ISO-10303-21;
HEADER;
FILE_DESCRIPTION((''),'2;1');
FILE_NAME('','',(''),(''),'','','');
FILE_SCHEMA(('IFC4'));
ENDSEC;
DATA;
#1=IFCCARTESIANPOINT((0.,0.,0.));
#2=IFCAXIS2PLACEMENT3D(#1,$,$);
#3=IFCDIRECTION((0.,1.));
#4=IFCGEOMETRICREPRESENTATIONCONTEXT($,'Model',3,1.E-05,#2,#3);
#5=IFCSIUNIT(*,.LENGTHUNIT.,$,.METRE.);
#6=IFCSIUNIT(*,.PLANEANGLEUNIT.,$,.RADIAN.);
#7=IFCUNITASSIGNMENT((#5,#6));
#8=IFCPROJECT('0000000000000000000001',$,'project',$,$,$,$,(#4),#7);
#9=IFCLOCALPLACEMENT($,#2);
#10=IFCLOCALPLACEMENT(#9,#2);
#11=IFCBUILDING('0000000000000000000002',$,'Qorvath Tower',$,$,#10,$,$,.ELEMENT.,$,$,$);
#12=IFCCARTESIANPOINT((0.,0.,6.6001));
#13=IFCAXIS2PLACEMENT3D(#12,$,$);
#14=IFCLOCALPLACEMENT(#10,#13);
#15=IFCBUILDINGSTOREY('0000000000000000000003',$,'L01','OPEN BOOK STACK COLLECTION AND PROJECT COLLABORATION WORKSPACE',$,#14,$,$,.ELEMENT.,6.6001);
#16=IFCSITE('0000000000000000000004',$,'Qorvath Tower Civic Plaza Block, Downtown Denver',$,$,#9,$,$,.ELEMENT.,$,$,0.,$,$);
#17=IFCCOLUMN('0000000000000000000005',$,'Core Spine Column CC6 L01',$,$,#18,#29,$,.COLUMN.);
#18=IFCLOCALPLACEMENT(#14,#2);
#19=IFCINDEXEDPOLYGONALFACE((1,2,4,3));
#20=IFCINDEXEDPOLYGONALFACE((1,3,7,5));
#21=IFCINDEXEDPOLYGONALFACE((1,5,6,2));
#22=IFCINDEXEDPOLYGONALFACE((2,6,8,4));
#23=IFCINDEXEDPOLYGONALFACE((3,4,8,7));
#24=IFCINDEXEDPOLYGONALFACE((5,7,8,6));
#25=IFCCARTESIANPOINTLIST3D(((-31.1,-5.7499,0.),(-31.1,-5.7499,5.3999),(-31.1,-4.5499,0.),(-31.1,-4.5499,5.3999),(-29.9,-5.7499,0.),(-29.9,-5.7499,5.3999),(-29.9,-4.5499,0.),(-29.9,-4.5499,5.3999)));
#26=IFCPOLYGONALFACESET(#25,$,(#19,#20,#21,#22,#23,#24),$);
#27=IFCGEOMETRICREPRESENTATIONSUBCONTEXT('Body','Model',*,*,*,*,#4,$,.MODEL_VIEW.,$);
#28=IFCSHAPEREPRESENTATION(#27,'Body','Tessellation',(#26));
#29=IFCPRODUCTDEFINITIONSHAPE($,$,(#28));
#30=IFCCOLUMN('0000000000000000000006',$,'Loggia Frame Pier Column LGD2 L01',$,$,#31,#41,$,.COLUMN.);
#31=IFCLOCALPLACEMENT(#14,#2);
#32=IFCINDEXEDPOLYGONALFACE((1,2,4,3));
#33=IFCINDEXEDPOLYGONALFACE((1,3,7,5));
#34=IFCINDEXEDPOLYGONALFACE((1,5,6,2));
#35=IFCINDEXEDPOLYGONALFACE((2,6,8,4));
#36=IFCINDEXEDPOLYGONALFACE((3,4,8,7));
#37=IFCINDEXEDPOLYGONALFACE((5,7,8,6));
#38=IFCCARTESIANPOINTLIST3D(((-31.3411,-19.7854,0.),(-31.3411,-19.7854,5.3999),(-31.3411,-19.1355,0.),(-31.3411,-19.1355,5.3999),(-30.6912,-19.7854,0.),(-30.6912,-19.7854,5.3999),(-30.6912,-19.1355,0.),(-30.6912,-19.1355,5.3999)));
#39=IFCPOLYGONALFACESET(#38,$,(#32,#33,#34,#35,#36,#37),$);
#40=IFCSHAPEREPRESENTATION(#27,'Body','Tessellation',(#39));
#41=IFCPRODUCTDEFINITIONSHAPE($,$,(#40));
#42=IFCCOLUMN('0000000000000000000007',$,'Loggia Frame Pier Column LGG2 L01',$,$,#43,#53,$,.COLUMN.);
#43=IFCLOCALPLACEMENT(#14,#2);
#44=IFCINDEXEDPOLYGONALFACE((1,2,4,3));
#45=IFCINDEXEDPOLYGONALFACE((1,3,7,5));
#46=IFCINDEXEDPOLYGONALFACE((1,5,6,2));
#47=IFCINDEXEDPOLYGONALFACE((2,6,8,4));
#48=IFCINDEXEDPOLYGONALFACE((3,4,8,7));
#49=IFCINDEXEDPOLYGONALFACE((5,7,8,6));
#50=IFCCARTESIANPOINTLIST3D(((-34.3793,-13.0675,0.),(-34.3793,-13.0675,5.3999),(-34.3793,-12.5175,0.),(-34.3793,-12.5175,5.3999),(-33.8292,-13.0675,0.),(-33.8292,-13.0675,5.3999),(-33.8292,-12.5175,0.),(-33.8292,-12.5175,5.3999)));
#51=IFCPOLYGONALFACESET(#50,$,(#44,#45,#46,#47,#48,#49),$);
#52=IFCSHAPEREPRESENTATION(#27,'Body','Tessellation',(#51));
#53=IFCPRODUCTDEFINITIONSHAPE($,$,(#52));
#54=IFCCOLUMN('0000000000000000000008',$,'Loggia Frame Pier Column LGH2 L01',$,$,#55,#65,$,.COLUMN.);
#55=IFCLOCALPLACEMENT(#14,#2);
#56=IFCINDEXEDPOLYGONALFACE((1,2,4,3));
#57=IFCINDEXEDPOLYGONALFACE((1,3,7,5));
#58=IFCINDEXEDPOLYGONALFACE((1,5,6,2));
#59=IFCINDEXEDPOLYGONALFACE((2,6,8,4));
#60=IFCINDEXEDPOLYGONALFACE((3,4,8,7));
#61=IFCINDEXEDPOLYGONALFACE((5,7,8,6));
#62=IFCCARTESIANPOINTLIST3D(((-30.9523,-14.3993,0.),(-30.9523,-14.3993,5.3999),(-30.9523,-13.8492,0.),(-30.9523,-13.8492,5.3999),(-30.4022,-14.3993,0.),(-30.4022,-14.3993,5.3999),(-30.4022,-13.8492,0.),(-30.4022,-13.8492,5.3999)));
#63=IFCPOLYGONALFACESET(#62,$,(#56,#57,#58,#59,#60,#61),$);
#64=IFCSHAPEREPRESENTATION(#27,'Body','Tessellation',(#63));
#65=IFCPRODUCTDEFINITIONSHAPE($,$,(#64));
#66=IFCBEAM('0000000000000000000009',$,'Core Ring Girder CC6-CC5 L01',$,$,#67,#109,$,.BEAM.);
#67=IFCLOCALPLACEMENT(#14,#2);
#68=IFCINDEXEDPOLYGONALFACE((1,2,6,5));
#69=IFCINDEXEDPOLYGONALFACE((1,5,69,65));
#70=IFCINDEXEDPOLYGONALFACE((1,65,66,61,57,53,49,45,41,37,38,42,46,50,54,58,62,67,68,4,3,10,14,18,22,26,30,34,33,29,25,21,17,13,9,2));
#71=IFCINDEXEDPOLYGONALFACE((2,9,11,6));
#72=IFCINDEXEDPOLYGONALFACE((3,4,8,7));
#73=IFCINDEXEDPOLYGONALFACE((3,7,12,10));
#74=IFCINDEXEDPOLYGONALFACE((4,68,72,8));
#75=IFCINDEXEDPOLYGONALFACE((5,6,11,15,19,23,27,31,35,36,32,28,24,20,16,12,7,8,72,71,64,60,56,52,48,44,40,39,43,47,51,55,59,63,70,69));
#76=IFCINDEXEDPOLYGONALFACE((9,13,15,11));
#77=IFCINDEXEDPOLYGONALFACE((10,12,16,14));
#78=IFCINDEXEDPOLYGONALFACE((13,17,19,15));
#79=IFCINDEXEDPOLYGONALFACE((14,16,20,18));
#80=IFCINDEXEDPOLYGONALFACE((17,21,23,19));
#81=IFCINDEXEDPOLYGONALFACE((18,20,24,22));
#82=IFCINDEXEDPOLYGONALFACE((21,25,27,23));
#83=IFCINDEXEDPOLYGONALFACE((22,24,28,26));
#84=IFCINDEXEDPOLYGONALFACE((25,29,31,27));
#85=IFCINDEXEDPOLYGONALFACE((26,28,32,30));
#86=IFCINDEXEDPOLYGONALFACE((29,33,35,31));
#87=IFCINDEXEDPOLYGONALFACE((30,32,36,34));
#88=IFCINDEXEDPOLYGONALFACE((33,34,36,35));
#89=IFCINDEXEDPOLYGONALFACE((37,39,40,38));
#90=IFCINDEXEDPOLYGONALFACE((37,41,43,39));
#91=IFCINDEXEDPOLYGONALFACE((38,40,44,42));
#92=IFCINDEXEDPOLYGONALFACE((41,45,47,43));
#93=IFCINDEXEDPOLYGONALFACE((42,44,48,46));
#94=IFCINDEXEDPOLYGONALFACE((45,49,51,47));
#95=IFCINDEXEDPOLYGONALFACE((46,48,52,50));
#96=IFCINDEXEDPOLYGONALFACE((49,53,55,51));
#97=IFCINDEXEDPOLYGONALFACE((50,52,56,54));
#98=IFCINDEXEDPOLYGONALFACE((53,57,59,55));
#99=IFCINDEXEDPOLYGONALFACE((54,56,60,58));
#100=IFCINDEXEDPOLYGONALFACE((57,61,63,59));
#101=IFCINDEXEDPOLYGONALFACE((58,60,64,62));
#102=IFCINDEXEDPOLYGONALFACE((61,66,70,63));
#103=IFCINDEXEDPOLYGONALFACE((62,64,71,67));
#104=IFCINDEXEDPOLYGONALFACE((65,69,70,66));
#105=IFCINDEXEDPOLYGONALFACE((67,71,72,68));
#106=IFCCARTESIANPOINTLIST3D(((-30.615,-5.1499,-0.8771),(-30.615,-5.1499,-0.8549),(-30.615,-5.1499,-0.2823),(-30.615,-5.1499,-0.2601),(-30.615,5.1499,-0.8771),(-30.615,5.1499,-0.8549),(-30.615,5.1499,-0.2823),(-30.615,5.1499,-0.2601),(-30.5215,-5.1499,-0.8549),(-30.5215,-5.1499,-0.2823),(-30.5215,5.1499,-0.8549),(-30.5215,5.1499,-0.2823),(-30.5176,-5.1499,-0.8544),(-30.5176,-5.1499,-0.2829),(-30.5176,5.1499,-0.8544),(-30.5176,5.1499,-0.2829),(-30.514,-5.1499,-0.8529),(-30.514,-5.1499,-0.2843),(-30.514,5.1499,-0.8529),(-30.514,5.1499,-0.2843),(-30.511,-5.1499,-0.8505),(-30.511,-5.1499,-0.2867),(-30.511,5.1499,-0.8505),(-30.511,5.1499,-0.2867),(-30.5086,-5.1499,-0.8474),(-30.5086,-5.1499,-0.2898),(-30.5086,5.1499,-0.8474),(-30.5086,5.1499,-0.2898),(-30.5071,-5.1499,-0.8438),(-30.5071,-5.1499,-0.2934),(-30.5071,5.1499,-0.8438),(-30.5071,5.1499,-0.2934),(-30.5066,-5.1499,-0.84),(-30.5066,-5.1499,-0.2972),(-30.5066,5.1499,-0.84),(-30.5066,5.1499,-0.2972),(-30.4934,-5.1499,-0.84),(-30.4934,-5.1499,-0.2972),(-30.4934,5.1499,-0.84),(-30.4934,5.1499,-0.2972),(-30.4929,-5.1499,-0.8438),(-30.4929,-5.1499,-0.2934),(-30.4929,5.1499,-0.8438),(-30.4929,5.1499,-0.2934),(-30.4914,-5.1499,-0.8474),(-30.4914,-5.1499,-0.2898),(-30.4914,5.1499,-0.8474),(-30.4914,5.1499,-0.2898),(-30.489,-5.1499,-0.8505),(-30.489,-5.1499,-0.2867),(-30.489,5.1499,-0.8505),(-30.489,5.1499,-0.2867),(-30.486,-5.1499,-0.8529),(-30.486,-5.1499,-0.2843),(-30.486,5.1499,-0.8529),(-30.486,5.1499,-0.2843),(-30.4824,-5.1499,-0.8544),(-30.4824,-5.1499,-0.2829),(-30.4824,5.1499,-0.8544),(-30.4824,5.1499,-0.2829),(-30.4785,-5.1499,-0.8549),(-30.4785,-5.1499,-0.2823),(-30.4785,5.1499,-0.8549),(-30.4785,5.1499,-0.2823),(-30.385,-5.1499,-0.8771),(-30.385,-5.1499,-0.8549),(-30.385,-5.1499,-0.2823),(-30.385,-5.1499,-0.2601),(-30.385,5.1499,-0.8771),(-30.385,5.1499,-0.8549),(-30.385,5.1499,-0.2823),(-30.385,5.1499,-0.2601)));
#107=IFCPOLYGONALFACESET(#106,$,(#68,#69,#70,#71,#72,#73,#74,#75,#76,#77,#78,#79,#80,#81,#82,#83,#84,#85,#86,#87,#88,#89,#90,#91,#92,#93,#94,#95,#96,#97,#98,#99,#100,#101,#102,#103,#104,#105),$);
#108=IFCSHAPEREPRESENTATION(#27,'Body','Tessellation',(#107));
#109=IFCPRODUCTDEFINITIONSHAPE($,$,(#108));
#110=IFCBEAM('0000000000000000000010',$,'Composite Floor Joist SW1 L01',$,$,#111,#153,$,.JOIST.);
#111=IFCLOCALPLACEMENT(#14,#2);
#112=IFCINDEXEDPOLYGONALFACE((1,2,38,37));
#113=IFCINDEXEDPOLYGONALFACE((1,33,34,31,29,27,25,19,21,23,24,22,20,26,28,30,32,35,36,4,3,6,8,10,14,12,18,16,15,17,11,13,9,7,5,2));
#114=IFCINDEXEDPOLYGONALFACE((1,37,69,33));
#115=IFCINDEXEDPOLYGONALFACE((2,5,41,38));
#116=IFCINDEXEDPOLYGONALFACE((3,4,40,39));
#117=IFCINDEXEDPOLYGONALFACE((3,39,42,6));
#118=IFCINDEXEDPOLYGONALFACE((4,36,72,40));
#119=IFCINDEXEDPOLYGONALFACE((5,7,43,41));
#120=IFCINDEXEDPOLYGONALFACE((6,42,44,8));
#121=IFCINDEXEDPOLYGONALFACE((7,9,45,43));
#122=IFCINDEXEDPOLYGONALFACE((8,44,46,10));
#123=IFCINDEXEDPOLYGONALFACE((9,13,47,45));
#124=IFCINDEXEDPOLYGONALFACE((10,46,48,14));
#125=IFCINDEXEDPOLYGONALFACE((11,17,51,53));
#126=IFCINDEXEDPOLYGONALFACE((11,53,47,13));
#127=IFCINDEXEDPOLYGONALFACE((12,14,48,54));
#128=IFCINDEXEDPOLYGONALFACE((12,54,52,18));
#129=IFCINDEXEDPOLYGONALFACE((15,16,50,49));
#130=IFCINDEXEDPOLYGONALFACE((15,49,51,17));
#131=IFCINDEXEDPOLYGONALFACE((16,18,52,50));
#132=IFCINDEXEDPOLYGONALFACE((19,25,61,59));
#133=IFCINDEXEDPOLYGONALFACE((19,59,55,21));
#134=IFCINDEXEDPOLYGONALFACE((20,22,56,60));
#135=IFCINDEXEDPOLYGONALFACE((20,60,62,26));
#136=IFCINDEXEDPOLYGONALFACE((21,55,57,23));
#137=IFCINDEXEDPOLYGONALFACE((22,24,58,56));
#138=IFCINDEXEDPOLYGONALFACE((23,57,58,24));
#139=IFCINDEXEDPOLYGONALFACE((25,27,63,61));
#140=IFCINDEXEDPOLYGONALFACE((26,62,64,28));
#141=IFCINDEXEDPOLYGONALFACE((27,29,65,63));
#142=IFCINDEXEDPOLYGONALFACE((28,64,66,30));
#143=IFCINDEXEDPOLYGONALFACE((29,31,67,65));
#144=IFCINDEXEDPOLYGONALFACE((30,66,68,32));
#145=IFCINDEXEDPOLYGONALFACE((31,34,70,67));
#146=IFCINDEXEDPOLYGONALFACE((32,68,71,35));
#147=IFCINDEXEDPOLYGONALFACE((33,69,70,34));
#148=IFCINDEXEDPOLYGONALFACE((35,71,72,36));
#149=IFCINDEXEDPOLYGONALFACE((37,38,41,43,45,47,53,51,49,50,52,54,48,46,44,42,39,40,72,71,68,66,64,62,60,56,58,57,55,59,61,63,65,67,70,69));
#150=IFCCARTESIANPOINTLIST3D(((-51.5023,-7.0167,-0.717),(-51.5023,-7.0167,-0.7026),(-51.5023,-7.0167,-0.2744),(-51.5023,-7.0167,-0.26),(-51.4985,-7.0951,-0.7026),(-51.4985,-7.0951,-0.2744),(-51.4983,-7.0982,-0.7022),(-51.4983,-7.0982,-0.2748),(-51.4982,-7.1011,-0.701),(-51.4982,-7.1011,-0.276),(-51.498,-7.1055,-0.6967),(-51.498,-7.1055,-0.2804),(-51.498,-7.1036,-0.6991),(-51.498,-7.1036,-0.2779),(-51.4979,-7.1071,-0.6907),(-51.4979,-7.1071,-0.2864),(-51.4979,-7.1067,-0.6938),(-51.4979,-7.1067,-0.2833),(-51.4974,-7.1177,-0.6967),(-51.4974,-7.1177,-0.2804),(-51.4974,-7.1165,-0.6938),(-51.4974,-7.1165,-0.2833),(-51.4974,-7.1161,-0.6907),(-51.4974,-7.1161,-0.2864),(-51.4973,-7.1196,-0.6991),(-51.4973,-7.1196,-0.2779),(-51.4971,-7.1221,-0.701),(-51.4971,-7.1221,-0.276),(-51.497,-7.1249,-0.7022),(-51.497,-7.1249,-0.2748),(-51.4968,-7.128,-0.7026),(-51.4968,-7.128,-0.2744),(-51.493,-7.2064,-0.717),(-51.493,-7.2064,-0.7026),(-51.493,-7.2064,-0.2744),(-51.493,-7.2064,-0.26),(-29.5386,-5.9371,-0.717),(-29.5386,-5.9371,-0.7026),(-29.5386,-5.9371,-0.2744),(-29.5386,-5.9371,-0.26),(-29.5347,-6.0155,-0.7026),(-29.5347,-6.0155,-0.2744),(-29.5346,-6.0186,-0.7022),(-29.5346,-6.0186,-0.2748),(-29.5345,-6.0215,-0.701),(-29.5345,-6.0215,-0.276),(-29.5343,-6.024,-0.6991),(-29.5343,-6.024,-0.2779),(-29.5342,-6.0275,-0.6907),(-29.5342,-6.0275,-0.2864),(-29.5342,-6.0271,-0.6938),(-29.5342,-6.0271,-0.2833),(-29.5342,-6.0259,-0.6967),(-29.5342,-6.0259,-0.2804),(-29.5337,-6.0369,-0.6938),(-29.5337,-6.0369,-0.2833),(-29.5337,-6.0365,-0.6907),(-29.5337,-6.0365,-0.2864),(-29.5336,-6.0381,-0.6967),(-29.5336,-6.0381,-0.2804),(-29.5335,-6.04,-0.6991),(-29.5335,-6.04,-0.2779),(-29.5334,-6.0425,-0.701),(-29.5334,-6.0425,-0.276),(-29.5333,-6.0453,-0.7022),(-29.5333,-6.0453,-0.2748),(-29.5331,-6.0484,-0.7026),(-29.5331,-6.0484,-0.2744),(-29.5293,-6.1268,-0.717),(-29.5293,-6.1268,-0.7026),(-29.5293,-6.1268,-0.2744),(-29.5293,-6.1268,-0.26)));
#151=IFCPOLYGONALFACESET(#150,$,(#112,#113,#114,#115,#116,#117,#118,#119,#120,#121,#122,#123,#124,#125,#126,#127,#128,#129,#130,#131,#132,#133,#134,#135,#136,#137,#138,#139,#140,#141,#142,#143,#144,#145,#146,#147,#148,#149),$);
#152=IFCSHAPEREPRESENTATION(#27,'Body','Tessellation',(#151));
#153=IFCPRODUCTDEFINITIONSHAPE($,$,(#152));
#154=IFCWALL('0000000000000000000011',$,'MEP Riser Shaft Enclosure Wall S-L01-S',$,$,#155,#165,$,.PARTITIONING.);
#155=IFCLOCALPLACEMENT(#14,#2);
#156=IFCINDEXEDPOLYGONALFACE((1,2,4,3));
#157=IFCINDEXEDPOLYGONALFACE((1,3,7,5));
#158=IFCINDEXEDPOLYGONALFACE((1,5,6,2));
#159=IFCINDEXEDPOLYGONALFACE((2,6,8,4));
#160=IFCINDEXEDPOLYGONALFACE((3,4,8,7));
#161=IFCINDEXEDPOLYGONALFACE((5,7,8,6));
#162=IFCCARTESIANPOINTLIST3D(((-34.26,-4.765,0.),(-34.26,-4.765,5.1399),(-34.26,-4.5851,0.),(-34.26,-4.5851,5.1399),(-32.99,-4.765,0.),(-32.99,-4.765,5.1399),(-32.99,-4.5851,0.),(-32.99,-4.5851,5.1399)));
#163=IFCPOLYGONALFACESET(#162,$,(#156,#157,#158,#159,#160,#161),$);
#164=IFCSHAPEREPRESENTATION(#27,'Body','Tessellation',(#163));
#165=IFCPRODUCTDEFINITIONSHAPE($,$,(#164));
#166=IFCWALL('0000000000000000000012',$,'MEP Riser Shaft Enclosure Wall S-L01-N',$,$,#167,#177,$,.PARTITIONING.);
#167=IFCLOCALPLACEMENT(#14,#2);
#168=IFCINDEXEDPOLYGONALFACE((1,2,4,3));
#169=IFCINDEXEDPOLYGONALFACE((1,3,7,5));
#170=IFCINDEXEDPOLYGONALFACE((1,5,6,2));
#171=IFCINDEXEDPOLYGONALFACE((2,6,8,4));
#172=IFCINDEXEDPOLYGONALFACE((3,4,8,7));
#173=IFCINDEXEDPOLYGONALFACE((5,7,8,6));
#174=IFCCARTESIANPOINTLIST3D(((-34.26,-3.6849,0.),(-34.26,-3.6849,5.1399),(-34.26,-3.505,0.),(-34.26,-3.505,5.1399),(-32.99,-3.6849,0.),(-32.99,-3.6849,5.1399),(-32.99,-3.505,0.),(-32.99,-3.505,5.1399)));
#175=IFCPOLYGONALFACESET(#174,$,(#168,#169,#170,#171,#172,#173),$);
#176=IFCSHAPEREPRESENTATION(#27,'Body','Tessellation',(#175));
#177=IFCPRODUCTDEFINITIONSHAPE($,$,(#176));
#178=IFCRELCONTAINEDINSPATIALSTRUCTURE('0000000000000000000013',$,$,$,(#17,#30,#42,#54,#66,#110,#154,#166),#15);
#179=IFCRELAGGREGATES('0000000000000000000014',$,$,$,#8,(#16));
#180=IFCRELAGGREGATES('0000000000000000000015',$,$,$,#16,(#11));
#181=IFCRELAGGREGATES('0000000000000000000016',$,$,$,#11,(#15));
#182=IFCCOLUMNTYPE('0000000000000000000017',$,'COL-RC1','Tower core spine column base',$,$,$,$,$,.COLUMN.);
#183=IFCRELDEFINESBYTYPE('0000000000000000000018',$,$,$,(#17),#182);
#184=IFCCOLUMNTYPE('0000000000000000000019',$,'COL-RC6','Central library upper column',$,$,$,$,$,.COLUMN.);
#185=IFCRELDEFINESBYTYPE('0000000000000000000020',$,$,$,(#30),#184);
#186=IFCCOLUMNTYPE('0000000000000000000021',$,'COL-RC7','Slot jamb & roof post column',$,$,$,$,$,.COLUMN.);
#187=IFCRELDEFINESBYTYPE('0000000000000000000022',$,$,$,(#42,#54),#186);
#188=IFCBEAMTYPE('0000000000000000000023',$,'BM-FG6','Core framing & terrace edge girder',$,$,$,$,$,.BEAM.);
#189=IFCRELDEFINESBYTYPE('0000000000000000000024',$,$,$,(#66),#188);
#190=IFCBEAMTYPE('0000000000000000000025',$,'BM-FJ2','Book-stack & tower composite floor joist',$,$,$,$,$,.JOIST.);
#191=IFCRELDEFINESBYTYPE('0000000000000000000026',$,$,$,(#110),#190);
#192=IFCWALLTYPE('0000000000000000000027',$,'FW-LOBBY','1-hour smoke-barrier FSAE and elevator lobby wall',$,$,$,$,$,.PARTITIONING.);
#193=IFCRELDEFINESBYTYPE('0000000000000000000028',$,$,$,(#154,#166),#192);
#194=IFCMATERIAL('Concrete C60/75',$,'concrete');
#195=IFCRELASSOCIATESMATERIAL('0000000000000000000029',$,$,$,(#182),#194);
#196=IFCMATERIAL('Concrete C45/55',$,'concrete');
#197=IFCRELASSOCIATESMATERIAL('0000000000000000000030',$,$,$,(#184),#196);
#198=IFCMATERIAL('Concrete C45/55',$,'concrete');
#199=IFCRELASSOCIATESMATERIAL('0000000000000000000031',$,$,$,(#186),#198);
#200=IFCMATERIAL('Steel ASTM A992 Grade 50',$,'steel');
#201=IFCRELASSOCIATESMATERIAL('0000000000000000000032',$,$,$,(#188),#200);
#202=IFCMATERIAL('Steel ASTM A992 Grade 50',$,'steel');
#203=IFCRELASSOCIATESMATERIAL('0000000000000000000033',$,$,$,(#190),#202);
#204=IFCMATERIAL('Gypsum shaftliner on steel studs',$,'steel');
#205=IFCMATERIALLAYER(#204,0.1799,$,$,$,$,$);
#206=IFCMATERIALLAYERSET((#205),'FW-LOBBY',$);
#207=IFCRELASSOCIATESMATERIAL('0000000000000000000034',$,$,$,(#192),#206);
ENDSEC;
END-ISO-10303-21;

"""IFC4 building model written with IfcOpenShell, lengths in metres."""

from ifc_helpers import new_model, si_unit, direction, frame, frame_2d, origin, origin_2d, place, context, subcontext, project, spatial, rectangle, i_section, extrude, material, layer, layer_set, material_profile, profile_set, type_object, element, save


model = new_model("IFC4")

# Units and contexts
model_context = context("Model", 3, precision=1e-05, world=origin(), true_north=direction((0.0, 1.0)))
body_context = subcontext(model_context, "Body", "Model", "MODEL_VIEW")
ifc_project = project(units=[si_unit("LENGTHUNIT", "METRE"), si_unit("PLANEANGLEUNIT", "RADIAN")], contexts=[model_context])

# Site, building, storey
site_placement = place(None, origin())
site = spatial("IfcSite", under=ifc_project, at=site_placement, Name="Qorvath Tower Civic Plaza Block, Downtown Denver", CompositionType="ELEMENT", RefElevation=0.0)
building_placement = place(site_placement, origin())
building = spatial("IfcBuilding", under=site, at=building_placement, Name="Qorvath Tower", CompositionType="ELEMENT")
storey_placement = place(building_placement, frame((0.0, 0.0, 6.6001)))
storey = spatial("IfcBuildingStorey", under=building, at=storey_placement, Name="L01", Description="OPEN BOOK STACK COLLECTION AND PROJECT COLLABORATION WORKSPACE", CompositionType="ELEMENT", Elevation=6.6001)

# Columns
ifc_material_1 = material(Name="Concrete C60/75", Category="concrete")
ifc_material_profile_1 = material_profile(ifc_material_1, rectangle(XDim=1.2, YDim=1.2, at=origin_2d()), Name="RC 1200x1200")
ifc_profile_set_1 = profile_set([ifc_material_profile_1], Name="Concrete C60/75")
column_type_1 = type_object("IfcColumnType", Name="COL-RC1", Description="Tower core spine column base", PredefinedType="COLUMN", material=ifc_profile_set_1)
column_1_placement = place(storey_placement, frame((-30.5, -5.1499, 0.0), z_axis=(0.0, 0.0, 1.0), x_axis=(1.0, 0.0, 0.0)))
element("IfcColumn", 1, at=column_1_placement, inside=storey, type_object=column_type_1, Name="Core Spine Column CC6 L01", PredefinedType="COLUMN", context=body_context, shape_type="SweptSolid", body=[
    extrude(rectangle(XDim=1.2, YDim=1.2, at=origin_2d()), origin(), (0.0, 0.0, 1.0), 5.3999),
])
ifc_material_2 = material(Name="Concrete C45/55", Category="concrete")
ifc_material_profile_2 = material_profile(ifc_material_2, rectangle(XDim=0.6499, YDim=0.6499, at=origin_2d()), Name="RC 650x650")
ifc_profile_set_2 = profile_set([ifc_material_profile_2], Name="Concrete C45/55")
column_type_2 = type_object("IfcColumnType", Name="COL-RC6", Description="Central library upper column", PredefinedType="COLUMN", material=ifc_profile_set_2)
column_2_placement = place(storey_placement, frame((-31.0161, -19.4604, 0.0), z_axis=(0.0, 0.0, 1.0), x_axis=(1.0, 0.0, 0.0)))
element("IfcColumn", 2, at=column_2_placement, inside=storey, type_object=column_type_2, Name="Loggia Frame Pier Column LGD2 L01", PredefinedType="COLUMN", context=body_context, shape_type="SweptSolid", body=[
    extrude(rectangle(XDim=0.6499, YDim=0.6499, at=origin_2d()), origin(), (0.0, 0.0, 1.0), 5.3999),
])
ifc_material_3 = material(Name="Concrete C45/55", Category="concrete")
ifc_material_profile_3 = material_profile(ifc_material_3, rectangle(XDim=0.55, YDim=0.55, at=origin_2d()), Name="RC 550x550")
ifc_profile_set_3 = profile_set([ifc_material_profile_3], Name="Concrete C45/55")
column_type_3 = type_object("IfcColumnType", Name="COL-RC7", Description="Slot jamb & roof post column", PredefinedType="COLUMN", material=ifc_profile_set_3)
for number, where, z_axis, x_axis, name in (
    (3, (-34.1042, -12.7925, 0.0), (0.0, 0.0, 1.0), (1.0, 0.0, 0.0), "Loggia Frame Pier Column LGG2 L01"),
    (4, (-30.6772, -14.1243, 0.0), (0.0, 0.0, 1.0), (1.0, 0.0, 0.0), "Loggia Frame Pier Column LGH2 L01"),
):
    element("IfcColumn", number, at=place(storey_placement, frame(where, z_axis=z_axis, x_axis=x_axis)), inside=storey, type_object=column_type_3, Name=name, PredefinedType="COLUMN", context=body_context, shape_type="SweptSolid", body=[
        extrude(rectangle(XDim=0.55, YDim=0.55, at=origin_2d()), origin(), (0.0, 0.0, 1.0), 5.3999),
    ])

# Beams
ifc_material_4 = material(Name="Steel ASTM A992 Grade 50", Category="steel")
ifc_material_profile_4 = material_profile(ifc_material_4, i_section(OverallWidth=0.23, OverallDepth=0.6169, WebThickness=0.0132, FlangeThickness=0.0222, FilletRadius=0.0149, at=origin_2d()), Name="W24x94")
ifc_profile_set_4 = profile_set([ifc_material_profile_4], Name="Steel ASTM A992 Grade 50")
beam_type_1 = type_object("IfcBeamType", Name="BM-FG6", Description="Core framing & terrace edge girder", PredefinedType="BEAM", material=ifc_profile_set_4)
beam_1_placement = place(storey_placement, frame((-30.5, -5.1499, -0.5686), z_axis=(0.0, 1.0, 0.0), x_axis=(-1.0, 0.0, 0.0)))
element("IfcBeam", 5, at=beam_1_placement, inside=storey, type_object=beam_type_1, Name="Core Ring Girder CC6-CC5 L01", PredefinedType="BEAM", context=body_context, shape_type="SweptSolid", body=[
    extrude(i_section(OverallWidth=0.23, OverallDepth=0.6169, WebThickness=0.0132, FlangeThickness=0.0222, FilletRadius=0.0149, at=origin_2d()), origin(), (0.0, 0.0, 1.0), 10.2998),
])
ifc_material_5 = material(Name="Steel ASTM A992 Grade 50", Category="steel")
ifc_material_profile_5 = material_profile(ifc_material_5, i_section(OverallWidth=0.1899, OverallDepth=0.457, WebThickness=0.009, FlangeThickness=0.0144, FilletRadius=0.012, at=origin_2d()), Name="W18x50")
ifc_profile_set_5 = profile_set([ifc_material_profile_5], Name="Steel ASTM A992 Grade 50")
beam_type_2 = type_object("IfcBeamType", Name="BM-FJ2", Description="Book-stack & tower composite floor joist", PredefinedType="JOIST", material=ifc_profile_set_5)
beam_2_placement = place(storey_placement, frame((-29.5339, -6.032, -0.4885), z_axis=(-0.998794, -0.049094, 0.0), x_axis=(0.049094, -0.998794, 0.0)))
element("IfcBeam", 6, at=beam_2_placement, inside=storey, type_object=beam_type_2, Name="Composite Floor Joist SW1 L01", PredefinedType="JOIST", context=body_context, shape_type="SweptSolid", body=[
    extrude(i_section(OverallWidth=0.1899, OverallDepth=0.457, WebThickness=0.009, FlangeThickness=0.0144, FilletRadius=0.012, at=origin_2d()), origin(), (0.0, 0.0, 1.0), 21.9902),
])

# Walls
ifc_material_6 = material(Name="Gypsum shaftliner on steel studs", Category="steel")
ifc_layer_1 = layer(ifc_material_6, 0.1799)
ifc_layer_set_1 = layer_set([ifc_layer_1], Name="FW-LOBBY")
wall_type_1 = type_object("IfcWallType", Name="FW-LOBBY", Description="1-hour smoke-barrier FSAE and elevator lobby wall", PredefinedType="PARTITIONING", material=ifc_layer_set_1)
for number, where, z_axis, x_axis, name in (
    (7, (-32.99, -4.675, 0.0), (0.0, 0.0, 1.0), (-1.0, 0.0, 0.0), "MEP Riser Shaft Enclosure Wall S-L01-S"),
    (8, (-34.26, -3.595, 0.0), (0.0, 0.0, 1.0), (1.0, 0.0, 0.0), "MEP Riser Shaft Enclosure Wall S-L01-N"),
):
    element("IfcWall", number, at=place(storey_placement, frame(where, z_axis=z_axis, x_axis=x_axis)), inside=storey, type_object=wall_type_1, Name=name, PredefinedType="PARTITIONING", context=body_context, shape_type="SweptSolid", body=[
        extrude(rectangle(XDim=1.27, YDim=0.1799, at=frame_2d((0.635, 0.0))), origin(), (0.0, 0.0, 1.0), 5.1399),
    ])

save(model, "model.ifc")
